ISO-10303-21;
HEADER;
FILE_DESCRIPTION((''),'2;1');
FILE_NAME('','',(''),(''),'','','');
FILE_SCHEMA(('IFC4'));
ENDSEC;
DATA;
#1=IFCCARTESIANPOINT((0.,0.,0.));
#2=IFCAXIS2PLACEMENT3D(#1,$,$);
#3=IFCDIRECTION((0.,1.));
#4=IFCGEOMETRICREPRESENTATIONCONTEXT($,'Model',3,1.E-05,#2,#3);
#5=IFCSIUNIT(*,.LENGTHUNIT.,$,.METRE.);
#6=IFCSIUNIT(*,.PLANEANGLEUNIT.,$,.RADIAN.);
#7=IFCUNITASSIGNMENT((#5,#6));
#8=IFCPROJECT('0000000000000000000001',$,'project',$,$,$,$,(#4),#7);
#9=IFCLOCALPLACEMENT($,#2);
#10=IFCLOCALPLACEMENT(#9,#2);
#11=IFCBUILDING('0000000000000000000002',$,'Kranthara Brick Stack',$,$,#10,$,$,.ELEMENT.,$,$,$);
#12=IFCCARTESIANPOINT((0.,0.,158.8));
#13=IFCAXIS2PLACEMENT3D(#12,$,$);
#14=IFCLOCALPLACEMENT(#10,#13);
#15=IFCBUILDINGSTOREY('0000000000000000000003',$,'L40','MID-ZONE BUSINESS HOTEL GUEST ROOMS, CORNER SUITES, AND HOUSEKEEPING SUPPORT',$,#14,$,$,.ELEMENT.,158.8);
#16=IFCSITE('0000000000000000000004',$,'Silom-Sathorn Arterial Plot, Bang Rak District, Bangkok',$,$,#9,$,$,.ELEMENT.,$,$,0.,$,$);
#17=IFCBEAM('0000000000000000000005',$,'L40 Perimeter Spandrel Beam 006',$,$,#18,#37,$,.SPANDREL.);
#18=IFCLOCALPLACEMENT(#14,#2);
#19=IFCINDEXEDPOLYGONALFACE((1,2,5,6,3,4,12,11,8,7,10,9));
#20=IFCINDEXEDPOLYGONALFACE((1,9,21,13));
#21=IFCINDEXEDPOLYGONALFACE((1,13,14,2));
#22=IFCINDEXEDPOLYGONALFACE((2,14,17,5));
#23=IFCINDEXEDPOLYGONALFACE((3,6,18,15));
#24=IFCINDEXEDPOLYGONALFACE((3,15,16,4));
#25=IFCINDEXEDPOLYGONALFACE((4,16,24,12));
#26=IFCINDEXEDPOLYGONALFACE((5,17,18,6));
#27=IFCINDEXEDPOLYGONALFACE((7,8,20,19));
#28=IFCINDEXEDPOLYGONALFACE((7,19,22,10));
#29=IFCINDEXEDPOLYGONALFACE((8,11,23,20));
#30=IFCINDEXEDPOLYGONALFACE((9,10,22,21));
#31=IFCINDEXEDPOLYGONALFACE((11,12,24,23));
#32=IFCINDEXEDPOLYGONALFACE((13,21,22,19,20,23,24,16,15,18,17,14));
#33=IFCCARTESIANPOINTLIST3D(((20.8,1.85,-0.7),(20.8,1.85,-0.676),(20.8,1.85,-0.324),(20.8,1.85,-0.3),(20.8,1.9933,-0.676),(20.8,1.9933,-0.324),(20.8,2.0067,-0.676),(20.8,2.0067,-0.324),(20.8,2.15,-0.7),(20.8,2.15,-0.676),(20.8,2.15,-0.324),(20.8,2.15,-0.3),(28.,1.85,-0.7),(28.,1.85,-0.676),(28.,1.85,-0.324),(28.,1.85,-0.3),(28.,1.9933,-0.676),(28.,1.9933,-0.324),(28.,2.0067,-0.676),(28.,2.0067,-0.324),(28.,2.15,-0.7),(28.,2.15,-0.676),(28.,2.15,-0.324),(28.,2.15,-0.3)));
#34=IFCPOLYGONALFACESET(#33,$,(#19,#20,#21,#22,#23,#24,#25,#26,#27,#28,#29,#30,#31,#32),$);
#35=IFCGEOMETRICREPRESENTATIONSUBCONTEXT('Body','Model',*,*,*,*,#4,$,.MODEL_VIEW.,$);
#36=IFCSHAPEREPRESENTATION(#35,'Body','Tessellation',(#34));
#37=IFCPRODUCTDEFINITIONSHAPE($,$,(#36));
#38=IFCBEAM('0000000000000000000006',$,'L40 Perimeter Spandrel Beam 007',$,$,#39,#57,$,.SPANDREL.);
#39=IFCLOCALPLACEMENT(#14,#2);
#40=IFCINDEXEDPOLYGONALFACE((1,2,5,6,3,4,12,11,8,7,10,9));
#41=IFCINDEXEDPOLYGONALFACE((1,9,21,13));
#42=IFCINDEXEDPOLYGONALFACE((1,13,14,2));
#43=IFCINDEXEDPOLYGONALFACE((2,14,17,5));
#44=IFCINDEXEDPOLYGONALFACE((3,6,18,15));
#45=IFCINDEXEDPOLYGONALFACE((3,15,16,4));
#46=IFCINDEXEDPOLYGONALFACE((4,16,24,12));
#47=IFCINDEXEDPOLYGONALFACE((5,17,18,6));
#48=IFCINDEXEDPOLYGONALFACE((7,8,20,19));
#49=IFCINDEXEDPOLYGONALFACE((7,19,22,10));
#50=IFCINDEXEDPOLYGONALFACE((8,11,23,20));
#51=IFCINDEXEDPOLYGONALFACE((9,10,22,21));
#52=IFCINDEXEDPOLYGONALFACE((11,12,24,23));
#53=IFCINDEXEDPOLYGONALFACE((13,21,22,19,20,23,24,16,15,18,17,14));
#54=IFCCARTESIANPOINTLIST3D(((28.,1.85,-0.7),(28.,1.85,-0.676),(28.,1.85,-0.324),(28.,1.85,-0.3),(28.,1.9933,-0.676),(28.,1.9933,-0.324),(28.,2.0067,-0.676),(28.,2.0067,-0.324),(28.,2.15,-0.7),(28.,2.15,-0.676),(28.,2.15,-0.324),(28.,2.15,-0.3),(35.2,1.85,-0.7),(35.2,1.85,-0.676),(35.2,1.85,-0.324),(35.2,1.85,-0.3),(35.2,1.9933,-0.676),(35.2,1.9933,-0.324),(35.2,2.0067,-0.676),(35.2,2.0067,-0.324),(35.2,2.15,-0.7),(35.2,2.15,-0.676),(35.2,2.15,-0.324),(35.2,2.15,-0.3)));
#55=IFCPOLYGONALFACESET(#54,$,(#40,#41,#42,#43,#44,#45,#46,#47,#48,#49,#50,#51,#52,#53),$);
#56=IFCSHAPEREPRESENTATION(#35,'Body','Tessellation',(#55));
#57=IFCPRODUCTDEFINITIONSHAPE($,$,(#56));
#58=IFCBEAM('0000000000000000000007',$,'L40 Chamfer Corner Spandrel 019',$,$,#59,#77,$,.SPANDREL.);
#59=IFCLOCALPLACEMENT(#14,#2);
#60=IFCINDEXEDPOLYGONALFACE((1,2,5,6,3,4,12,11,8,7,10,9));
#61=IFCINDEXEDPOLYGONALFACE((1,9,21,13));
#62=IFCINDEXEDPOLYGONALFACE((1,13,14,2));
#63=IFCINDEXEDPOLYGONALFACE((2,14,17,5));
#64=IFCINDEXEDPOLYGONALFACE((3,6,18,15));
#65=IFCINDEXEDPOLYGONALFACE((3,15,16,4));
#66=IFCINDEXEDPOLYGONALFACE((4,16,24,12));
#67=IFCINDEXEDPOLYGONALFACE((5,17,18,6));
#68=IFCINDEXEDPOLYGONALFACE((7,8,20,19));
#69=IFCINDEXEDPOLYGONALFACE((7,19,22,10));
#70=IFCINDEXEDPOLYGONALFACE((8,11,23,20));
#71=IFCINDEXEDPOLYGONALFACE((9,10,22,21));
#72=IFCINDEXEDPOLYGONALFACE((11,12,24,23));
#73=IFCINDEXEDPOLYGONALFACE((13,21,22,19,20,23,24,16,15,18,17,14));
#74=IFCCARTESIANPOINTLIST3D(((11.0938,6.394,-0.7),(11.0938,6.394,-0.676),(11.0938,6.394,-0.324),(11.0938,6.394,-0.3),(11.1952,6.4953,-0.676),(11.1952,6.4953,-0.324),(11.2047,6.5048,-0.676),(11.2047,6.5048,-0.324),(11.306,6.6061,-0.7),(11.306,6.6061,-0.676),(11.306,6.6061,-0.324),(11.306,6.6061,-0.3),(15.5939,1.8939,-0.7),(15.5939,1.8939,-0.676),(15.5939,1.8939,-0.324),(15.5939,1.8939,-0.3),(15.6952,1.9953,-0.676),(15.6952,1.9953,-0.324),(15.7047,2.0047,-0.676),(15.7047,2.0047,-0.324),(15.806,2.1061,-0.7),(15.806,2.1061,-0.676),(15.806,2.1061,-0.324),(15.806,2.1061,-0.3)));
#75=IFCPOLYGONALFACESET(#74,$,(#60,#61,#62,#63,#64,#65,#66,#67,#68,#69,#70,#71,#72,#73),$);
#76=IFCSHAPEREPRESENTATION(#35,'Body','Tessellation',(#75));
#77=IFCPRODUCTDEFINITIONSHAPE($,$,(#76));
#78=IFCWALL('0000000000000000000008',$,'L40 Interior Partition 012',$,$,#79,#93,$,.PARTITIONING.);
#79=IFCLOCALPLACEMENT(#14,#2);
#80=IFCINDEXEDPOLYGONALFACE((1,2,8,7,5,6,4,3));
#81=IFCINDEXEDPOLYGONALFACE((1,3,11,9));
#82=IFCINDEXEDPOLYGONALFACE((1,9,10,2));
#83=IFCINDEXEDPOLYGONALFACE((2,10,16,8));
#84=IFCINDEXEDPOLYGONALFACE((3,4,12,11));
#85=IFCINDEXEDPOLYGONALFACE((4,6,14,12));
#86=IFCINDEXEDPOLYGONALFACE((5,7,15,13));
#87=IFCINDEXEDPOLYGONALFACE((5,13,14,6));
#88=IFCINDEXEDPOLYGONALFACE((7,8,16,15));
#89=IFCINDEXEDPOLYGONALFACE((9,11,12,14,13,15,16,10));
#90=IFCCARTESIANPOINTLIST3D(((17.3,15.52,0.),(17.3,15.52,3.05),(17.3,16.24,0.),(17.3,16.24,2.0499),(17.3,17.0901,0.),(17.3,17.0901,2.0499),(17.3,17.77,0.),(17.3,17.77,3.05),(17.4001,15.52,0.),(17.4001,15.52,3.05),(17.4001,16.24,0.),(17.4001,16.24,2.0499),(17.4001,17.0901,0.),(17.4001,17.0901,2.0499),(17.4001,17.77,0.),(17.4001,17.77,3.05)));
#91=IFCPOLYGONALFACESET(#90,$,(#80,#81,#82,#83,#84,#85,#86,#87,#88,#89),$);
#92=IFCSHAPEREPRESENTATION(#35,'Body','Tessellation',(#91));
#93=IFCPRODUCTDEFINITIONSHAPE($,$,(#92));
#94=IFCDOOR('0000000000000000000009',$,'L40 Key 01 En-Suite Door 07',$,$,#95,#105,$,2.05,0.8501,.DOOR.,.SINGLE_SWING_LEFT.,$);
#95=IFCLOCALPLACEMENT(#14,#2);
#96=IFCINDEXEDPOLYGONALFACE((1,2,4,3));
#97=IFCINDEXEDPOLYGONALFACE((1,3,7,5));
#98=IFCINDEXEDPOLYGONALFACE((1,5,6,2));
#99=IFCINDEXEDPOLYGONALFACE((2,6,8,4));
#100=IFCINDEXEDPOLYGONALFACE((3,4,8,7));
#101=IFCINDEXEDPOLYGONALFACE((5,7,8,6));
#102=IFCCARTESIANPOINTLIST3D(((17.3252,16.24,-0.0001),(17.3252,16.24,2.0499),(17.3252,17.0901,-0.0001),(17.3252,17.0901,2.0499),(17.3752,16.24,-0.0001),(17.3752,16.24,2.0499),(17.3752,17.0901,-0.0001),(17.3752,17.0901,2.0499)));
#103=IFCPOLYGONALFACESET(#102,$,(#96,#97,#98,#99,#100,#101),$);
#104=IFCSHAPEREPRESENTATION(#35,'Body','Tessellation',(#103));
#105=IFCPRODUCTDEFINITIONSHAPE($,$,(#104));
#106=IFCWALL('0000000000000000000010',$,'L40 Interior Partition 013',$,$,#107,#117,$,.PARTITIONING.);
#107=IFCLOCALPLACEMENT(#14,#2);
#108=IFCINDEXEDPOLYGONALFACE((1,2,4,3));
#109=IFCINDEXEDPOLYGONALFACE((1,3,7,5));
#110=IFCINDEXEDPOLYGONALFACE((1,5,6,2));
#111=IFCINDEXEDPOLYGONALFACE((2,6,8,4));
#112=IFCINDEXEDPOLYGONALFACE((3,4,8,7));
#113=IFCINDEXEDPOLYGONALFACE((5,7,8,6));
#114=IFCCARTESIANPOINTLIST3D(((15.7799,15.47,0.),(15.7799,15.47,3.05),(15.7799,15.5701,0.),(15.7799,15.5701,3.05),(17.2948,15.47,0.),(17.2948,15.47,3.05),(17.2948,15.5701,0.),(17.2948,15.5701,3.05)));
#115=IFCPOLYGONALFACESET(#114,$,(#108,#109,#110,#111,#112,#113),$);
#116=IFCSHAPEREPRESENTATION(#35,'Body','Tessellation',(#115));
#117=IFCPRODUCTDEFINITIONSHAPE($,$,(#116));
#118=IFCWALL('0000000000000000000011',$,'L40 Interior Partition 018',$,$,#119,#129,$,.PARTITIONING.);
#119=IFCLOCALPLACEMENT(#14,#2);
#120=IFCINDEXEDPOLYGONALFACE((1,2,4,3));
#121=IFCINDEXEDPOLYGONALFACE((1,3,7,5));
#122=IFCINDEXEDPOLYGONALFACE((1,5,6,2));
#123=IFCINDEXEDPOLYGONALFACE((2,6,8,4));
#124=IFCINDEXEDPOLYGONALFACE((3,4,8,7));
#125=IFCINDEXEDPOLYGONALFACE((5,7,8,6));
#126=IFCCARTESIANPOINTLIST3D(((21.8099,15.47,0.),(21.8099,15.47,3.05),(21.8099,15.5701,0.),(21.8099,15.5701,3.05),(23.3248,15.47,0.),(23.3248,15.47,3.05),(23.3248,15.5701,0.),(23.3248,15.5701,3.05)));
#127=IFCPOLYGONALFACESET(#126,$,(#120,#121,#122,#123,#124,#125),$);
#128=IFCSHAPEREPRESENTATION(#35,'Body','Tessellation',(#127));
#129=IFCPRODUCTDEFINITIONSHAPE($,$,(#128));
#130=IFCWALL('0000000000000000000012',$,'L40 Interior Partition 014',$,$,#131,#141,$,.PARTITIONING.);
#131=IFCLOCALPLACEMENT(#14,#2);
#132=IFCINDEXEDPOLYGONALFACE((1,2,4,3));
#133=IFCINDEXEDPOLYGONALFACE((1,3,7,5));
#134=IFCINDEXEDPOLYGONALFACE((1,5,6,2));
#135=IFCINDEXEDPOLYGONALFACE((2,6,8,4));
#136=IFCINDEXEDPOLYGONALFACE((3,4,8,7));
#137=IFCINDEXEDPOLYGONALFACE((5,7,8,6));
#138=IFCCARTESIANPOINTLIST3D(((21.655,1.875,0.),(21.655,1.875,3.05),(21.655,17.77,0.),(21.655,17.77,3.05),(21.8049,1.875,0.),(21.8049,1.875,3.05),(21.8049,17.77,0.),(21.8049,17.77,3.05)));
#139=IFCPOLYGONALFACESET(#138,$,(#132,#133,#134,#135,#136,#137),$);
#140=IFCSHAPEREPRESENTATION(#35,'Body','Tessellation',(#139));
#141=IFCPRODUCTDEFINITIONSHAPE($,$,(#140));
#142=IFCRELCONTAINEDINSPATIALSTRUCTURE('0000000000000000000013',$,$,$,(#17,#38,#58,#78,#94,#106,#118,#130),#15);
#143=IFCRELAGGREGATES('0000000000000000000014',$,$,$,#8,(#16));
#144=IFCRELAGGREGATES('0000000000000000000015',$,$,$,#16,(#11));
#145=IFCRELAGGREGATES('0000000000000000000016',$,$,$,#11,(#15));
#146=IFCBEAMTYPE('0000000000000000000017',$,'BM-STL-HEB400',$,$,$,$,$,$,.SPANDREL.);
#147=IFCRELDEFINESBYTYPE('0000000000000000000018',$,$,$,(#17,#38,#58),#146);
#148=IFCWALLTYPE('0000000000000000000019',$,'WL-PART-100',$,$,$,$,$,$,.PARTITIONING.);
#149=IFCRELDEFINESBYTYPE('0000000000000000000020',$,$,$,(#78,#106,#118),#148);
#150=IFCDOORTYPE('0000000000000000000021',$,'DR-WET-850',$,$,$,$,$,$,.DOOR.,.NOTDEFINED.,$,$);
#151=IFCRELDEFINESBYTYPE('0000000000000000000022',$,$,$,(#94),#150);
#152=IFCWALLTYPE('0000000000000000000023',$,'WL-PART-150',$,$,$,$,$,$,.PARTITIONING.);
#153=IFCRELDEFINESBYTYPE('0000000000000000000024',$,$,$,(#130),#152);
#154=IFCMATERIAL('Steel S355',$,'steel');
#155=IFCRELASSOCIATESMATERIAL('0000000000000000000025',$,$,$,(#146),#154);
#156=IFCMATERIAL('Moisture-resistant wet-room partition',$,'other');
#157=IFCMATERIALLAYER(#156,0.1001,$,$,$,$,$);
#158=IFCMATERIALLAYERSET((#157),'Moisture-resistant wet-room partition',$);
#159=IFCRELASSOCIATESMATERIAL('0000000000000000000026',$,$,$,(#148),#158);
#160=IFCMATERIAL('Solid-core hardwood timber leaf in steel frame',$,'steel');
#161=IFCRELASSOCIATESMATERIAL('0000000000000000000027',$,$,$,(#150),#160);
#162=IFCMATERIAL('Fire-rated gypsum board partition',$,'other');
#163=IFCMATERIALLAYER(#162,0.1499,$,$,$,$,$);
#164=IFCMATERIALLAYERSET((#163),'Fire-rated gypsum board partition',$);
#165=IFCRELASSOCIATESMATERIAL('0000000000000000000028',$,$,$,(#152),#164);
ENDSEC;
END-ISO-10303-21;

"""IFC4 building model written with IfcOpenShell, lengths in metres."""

from ifc_helpers import new_model, si_unit, direction, frame, frame_2d, origin, origin_2d, place, context, subcontext, project, spatial, rectangle, i_section, extrude, material, layer, layer_set, material_profile, profile_set, type_object, element, fill, save


model = new_model("IFC4")

# Units and contexts
model_context = context("Model", 3, precision=1e-05, world=origin(), true_north=direction((0.0, 1.0)))
body_context = subcontext(model_context, "Body", "Model", "MODEL_VIEW")
ifc_project = project(units=[si_unit("LENGTHUNIT", "METRE"), si_unit("PLANEANGLEUNIT", "RADIAN")], contexts=[model_context])

# Site, building, storey
site_placement = place(None, origin())
site = spatial("IfcSite", under=ifc_project, at=site_placement, Name="Silom-Sathorn Arterial Plot, Bang Rak District, Bangkok", CompositionType="ELEMENT", RefElevation=0.0)
building_placement = place(site_placement, origin())
building = spatial("IfcBuilding", under=site, at=building_placement, Name="Kranthara Brick Stack", CompositionType="ELEMENT")
storey_placement = place(building_placement, frame((0.0, 0.0, 158.8)))
storey = spatial("IfcBuildingStorey", under=building, at=storey_placement, Name="L40", Description="MID-ZONE BUSINESS HOTEL GUEST ROOMS, CORNER SUITES, AND HOUSEKEEPING SUPPORT", CompositionType="ELEMENT", Elevation=158.8)

# Beams
ifc_material_1 = material(Name="Steel S355", Category="steel")
ifc_material_profile_1 = material_profile(ifc_material_1, i_section(OverallWidth=0.3, OverallDepth=0.3999, WebThickness=0.0134, FlangeThickness=0.0239, at=origin_2d()), Name="HEB 400")
ifc_profile_set_1 = profile_set([ifc_material_profile_1], Name="Steel S355")
beam_type_1 = type_object("IfcBeamType", Name="BM-STL-HEB400", PredefinedType="SPANDREL", material=ifc_profile_set_1)
for number, where, z_axis, x_axis, name in (
    (1, (20.8, 2.0, -0.5), (1.0, 0.0, 0.0), (0.0, 1.0, 0.0), "L40 Perimeter Spandrel Beam 006"),
    (2, (28.0, 2.0, -0.5), (1.0, 0.0, 0.0), (0.0, 1.0, 0.0), "L40 Perimeter Spandrel Beam 007"),
):
    element("IfcBeam", number, at=place(storey_placement, frame(where, z_axis=z_axis, x_axis=x_axis)), inside=storey, type_object=beam_type_1, Name=name, PredefinedType="SPANDREL", context=body_context, shape_type="SweptSolid", body=[
        extrude(i_section(OverallWidth=0.3, OverallDepth=0.3999, WebThickness=0.0134, FlangeThickness=0.0239, at=origin_2d()), origin(), (0.0, 0.0, 1.0), 7.2),
    ])
beam_1_placement = place(storey_placement, frame((15.7, 2.0, -0.5), z_axis=(-0.707107, 0.707107, 0.0), x_axis=(-0.707107, -0.707107, 0.0)))
element("IfcBeam", 3, at=beam_1_placement, inside=storey, type_object=beam_type_1, Name="L40 Chamfer Corner Spandrel 019", PredefinedType="SPANDREL", context=body_context, shape_type="SweptSolid", body=[
    extrude(i_section(OverallWidth=0.3, OverallDepth=0.3999, WebThickness=0.0134, FlangeThickness=0.0239, at=origin_2d()), origin(), (0.0, 0.0, 1.0), 6.364),
])

# Wall, opening, door
ifc_material_2 = material(Name="Moisture-resistant wet-room partition", Category="other")
ifc_layer_1 = layer(ifc_material_2, 0.1001)
ifc_layer_set_1 = layer_set([ifc_layer_1], Name="Moisture-resistant wet-room partition")
wall_type_1 = type_object("IfcWallType", Name="WL-PART-100", PredefinedType="PARTITIONING", material=ifc_layer_set_1)
wall_1_placement = place(storey_placement, frame((17.3501, 15.52, 0.0), z_axis=(0.0, 0.0, 1.0), x_axis=(0.0, 1.0, 0.0)))
wall_1 = element("IfcWall", 4, at=wall_1_placement, inside=storey, type_object=wall_type_1, Name="L40 Interior Partition 012", PredefinedType="PARTITIONING", context=body_context, shape_type="SweptSolid", body=[
    extrude(rectangle(XDim=2.25, YDim=0.1001, at=frame_2d((1.125, 0.0))), origin(), (0.0, 0.0, 1.0), 3.05),
])
opening_placement = place(wall_1_placement, frame((0.72, 0.0, 0.0)))
opening = element("IfcOpeningElement", 5, at=opening_placement, cuts=wall_1, PredefinedType="OPENING", context=body_context, shape_type="SweptSolid", body=[
    extrude(rectangle(XDim=0.8501, YDim=2.05, at=frame_2d((0.425, 1.0249))), frame((0.0, 0.0601, 0.0), z_axis=(0.0, -1.0, 0.0), x_axis=(1.0, 0.0, 0.0)), (0.0, 0.0, 1.0), 0.1201),
])
ifc_material_3 = material(Name="Solid-core hardwood timber leaf in steel frame", Category="steel")
door_type = type_object("IfcDoorType", Name="DR-WET-850", OperationType="NOTDEFINED", PredefinedType="DOOR", material=ifc_material_3)
door_placement = place(opening_placement, origin())
door = element("IfcDoor", 6, at=door_placement, inside=storey, type_object=door_type, Name="L40 Key 01 En-Suite Door 07", OperationType="SINGLE_SWING_LEFT", OverallHeight=2.05, OverallWidth=0.8501, PredefinedType="DOOR", context=body_context, shape_type="SweptSolid", body=[
    extrude(rectangle(XDim=0.8501, YDim=2.05, at=frame_2d((0.425, 1.0249))), frame((0.0, 0.0249, 0.0), z_axis=(0.0, -1.0, 0.0), x_axis=(1.0, 0.0, 0.0)), (0.0, 0.0, 1.0), 0.05),
])
fill(opening, door)

# Walls
for number, where, z_axis, x_axis, name in (
    (7, (15.78, 15.52, 0.0), (0.0, 0.0, 1.0), (1.0, 0.0, 0.0), "L40 Interior Partition 013"),
    (8, (21.8101, 15.52, 0.0), (0.0, 0.0, 1.0), (1.0, 0.0, 0.0), "L40 Interior Partition 018"),
):
    element("IfcWall", number, at=place(storey_placement, frame(where, z_axis=z_axis, x_axis=x_axis)), inside=storey, type_object=wall_type_1, Name=name, PredefinedType="PARTITIONING", context=body_context, shape_type="SweptSolid", body=[
        extrude(rectangle(XDim=1.5149, YDim=0.1001, at=frame_2d((0.7573, 0.0))), origin(), (0.0, 0.0, 1.0), 3.05),
    ])
ifc_material_4 = material(Name="Fire-rated gypsum board partition", Category="other")
ifc_layer_2 = layer(ifc_material_4, 0.1499)
ifc_layer_set_2 = layer_set([ifc_layer_2], Name="Fire-rated gypsum board partition")
wall_type_2 = type_object("IfcWallType", Name="WL-PART-150", PredefinedType="PARTITIONING", material=ifc_layer_set_2)
wall_2_placement = place(storey_placement, frame((21.73, 1.875, 0.0), z_axis=(0.0, 0.0, 1.0), x_axis=(0.0, 1.0, 0.0)))
element("IfcWall", 9, at=wall_2_placement, inside=storey, type_object=wall_type_2, Name="L40 Interior Partition 014", PredefinedType="PARTITIONING", context=body_context, shape_type="SweptSolid", body=[
    extrude(rectangle(XDim=15.895, YDim=0.1499, at=frame_2d((7.9475, 0.0))), origin(), (0.0, 0.0, 1.0), 3.05),
])

save(model, "model.ifc")
